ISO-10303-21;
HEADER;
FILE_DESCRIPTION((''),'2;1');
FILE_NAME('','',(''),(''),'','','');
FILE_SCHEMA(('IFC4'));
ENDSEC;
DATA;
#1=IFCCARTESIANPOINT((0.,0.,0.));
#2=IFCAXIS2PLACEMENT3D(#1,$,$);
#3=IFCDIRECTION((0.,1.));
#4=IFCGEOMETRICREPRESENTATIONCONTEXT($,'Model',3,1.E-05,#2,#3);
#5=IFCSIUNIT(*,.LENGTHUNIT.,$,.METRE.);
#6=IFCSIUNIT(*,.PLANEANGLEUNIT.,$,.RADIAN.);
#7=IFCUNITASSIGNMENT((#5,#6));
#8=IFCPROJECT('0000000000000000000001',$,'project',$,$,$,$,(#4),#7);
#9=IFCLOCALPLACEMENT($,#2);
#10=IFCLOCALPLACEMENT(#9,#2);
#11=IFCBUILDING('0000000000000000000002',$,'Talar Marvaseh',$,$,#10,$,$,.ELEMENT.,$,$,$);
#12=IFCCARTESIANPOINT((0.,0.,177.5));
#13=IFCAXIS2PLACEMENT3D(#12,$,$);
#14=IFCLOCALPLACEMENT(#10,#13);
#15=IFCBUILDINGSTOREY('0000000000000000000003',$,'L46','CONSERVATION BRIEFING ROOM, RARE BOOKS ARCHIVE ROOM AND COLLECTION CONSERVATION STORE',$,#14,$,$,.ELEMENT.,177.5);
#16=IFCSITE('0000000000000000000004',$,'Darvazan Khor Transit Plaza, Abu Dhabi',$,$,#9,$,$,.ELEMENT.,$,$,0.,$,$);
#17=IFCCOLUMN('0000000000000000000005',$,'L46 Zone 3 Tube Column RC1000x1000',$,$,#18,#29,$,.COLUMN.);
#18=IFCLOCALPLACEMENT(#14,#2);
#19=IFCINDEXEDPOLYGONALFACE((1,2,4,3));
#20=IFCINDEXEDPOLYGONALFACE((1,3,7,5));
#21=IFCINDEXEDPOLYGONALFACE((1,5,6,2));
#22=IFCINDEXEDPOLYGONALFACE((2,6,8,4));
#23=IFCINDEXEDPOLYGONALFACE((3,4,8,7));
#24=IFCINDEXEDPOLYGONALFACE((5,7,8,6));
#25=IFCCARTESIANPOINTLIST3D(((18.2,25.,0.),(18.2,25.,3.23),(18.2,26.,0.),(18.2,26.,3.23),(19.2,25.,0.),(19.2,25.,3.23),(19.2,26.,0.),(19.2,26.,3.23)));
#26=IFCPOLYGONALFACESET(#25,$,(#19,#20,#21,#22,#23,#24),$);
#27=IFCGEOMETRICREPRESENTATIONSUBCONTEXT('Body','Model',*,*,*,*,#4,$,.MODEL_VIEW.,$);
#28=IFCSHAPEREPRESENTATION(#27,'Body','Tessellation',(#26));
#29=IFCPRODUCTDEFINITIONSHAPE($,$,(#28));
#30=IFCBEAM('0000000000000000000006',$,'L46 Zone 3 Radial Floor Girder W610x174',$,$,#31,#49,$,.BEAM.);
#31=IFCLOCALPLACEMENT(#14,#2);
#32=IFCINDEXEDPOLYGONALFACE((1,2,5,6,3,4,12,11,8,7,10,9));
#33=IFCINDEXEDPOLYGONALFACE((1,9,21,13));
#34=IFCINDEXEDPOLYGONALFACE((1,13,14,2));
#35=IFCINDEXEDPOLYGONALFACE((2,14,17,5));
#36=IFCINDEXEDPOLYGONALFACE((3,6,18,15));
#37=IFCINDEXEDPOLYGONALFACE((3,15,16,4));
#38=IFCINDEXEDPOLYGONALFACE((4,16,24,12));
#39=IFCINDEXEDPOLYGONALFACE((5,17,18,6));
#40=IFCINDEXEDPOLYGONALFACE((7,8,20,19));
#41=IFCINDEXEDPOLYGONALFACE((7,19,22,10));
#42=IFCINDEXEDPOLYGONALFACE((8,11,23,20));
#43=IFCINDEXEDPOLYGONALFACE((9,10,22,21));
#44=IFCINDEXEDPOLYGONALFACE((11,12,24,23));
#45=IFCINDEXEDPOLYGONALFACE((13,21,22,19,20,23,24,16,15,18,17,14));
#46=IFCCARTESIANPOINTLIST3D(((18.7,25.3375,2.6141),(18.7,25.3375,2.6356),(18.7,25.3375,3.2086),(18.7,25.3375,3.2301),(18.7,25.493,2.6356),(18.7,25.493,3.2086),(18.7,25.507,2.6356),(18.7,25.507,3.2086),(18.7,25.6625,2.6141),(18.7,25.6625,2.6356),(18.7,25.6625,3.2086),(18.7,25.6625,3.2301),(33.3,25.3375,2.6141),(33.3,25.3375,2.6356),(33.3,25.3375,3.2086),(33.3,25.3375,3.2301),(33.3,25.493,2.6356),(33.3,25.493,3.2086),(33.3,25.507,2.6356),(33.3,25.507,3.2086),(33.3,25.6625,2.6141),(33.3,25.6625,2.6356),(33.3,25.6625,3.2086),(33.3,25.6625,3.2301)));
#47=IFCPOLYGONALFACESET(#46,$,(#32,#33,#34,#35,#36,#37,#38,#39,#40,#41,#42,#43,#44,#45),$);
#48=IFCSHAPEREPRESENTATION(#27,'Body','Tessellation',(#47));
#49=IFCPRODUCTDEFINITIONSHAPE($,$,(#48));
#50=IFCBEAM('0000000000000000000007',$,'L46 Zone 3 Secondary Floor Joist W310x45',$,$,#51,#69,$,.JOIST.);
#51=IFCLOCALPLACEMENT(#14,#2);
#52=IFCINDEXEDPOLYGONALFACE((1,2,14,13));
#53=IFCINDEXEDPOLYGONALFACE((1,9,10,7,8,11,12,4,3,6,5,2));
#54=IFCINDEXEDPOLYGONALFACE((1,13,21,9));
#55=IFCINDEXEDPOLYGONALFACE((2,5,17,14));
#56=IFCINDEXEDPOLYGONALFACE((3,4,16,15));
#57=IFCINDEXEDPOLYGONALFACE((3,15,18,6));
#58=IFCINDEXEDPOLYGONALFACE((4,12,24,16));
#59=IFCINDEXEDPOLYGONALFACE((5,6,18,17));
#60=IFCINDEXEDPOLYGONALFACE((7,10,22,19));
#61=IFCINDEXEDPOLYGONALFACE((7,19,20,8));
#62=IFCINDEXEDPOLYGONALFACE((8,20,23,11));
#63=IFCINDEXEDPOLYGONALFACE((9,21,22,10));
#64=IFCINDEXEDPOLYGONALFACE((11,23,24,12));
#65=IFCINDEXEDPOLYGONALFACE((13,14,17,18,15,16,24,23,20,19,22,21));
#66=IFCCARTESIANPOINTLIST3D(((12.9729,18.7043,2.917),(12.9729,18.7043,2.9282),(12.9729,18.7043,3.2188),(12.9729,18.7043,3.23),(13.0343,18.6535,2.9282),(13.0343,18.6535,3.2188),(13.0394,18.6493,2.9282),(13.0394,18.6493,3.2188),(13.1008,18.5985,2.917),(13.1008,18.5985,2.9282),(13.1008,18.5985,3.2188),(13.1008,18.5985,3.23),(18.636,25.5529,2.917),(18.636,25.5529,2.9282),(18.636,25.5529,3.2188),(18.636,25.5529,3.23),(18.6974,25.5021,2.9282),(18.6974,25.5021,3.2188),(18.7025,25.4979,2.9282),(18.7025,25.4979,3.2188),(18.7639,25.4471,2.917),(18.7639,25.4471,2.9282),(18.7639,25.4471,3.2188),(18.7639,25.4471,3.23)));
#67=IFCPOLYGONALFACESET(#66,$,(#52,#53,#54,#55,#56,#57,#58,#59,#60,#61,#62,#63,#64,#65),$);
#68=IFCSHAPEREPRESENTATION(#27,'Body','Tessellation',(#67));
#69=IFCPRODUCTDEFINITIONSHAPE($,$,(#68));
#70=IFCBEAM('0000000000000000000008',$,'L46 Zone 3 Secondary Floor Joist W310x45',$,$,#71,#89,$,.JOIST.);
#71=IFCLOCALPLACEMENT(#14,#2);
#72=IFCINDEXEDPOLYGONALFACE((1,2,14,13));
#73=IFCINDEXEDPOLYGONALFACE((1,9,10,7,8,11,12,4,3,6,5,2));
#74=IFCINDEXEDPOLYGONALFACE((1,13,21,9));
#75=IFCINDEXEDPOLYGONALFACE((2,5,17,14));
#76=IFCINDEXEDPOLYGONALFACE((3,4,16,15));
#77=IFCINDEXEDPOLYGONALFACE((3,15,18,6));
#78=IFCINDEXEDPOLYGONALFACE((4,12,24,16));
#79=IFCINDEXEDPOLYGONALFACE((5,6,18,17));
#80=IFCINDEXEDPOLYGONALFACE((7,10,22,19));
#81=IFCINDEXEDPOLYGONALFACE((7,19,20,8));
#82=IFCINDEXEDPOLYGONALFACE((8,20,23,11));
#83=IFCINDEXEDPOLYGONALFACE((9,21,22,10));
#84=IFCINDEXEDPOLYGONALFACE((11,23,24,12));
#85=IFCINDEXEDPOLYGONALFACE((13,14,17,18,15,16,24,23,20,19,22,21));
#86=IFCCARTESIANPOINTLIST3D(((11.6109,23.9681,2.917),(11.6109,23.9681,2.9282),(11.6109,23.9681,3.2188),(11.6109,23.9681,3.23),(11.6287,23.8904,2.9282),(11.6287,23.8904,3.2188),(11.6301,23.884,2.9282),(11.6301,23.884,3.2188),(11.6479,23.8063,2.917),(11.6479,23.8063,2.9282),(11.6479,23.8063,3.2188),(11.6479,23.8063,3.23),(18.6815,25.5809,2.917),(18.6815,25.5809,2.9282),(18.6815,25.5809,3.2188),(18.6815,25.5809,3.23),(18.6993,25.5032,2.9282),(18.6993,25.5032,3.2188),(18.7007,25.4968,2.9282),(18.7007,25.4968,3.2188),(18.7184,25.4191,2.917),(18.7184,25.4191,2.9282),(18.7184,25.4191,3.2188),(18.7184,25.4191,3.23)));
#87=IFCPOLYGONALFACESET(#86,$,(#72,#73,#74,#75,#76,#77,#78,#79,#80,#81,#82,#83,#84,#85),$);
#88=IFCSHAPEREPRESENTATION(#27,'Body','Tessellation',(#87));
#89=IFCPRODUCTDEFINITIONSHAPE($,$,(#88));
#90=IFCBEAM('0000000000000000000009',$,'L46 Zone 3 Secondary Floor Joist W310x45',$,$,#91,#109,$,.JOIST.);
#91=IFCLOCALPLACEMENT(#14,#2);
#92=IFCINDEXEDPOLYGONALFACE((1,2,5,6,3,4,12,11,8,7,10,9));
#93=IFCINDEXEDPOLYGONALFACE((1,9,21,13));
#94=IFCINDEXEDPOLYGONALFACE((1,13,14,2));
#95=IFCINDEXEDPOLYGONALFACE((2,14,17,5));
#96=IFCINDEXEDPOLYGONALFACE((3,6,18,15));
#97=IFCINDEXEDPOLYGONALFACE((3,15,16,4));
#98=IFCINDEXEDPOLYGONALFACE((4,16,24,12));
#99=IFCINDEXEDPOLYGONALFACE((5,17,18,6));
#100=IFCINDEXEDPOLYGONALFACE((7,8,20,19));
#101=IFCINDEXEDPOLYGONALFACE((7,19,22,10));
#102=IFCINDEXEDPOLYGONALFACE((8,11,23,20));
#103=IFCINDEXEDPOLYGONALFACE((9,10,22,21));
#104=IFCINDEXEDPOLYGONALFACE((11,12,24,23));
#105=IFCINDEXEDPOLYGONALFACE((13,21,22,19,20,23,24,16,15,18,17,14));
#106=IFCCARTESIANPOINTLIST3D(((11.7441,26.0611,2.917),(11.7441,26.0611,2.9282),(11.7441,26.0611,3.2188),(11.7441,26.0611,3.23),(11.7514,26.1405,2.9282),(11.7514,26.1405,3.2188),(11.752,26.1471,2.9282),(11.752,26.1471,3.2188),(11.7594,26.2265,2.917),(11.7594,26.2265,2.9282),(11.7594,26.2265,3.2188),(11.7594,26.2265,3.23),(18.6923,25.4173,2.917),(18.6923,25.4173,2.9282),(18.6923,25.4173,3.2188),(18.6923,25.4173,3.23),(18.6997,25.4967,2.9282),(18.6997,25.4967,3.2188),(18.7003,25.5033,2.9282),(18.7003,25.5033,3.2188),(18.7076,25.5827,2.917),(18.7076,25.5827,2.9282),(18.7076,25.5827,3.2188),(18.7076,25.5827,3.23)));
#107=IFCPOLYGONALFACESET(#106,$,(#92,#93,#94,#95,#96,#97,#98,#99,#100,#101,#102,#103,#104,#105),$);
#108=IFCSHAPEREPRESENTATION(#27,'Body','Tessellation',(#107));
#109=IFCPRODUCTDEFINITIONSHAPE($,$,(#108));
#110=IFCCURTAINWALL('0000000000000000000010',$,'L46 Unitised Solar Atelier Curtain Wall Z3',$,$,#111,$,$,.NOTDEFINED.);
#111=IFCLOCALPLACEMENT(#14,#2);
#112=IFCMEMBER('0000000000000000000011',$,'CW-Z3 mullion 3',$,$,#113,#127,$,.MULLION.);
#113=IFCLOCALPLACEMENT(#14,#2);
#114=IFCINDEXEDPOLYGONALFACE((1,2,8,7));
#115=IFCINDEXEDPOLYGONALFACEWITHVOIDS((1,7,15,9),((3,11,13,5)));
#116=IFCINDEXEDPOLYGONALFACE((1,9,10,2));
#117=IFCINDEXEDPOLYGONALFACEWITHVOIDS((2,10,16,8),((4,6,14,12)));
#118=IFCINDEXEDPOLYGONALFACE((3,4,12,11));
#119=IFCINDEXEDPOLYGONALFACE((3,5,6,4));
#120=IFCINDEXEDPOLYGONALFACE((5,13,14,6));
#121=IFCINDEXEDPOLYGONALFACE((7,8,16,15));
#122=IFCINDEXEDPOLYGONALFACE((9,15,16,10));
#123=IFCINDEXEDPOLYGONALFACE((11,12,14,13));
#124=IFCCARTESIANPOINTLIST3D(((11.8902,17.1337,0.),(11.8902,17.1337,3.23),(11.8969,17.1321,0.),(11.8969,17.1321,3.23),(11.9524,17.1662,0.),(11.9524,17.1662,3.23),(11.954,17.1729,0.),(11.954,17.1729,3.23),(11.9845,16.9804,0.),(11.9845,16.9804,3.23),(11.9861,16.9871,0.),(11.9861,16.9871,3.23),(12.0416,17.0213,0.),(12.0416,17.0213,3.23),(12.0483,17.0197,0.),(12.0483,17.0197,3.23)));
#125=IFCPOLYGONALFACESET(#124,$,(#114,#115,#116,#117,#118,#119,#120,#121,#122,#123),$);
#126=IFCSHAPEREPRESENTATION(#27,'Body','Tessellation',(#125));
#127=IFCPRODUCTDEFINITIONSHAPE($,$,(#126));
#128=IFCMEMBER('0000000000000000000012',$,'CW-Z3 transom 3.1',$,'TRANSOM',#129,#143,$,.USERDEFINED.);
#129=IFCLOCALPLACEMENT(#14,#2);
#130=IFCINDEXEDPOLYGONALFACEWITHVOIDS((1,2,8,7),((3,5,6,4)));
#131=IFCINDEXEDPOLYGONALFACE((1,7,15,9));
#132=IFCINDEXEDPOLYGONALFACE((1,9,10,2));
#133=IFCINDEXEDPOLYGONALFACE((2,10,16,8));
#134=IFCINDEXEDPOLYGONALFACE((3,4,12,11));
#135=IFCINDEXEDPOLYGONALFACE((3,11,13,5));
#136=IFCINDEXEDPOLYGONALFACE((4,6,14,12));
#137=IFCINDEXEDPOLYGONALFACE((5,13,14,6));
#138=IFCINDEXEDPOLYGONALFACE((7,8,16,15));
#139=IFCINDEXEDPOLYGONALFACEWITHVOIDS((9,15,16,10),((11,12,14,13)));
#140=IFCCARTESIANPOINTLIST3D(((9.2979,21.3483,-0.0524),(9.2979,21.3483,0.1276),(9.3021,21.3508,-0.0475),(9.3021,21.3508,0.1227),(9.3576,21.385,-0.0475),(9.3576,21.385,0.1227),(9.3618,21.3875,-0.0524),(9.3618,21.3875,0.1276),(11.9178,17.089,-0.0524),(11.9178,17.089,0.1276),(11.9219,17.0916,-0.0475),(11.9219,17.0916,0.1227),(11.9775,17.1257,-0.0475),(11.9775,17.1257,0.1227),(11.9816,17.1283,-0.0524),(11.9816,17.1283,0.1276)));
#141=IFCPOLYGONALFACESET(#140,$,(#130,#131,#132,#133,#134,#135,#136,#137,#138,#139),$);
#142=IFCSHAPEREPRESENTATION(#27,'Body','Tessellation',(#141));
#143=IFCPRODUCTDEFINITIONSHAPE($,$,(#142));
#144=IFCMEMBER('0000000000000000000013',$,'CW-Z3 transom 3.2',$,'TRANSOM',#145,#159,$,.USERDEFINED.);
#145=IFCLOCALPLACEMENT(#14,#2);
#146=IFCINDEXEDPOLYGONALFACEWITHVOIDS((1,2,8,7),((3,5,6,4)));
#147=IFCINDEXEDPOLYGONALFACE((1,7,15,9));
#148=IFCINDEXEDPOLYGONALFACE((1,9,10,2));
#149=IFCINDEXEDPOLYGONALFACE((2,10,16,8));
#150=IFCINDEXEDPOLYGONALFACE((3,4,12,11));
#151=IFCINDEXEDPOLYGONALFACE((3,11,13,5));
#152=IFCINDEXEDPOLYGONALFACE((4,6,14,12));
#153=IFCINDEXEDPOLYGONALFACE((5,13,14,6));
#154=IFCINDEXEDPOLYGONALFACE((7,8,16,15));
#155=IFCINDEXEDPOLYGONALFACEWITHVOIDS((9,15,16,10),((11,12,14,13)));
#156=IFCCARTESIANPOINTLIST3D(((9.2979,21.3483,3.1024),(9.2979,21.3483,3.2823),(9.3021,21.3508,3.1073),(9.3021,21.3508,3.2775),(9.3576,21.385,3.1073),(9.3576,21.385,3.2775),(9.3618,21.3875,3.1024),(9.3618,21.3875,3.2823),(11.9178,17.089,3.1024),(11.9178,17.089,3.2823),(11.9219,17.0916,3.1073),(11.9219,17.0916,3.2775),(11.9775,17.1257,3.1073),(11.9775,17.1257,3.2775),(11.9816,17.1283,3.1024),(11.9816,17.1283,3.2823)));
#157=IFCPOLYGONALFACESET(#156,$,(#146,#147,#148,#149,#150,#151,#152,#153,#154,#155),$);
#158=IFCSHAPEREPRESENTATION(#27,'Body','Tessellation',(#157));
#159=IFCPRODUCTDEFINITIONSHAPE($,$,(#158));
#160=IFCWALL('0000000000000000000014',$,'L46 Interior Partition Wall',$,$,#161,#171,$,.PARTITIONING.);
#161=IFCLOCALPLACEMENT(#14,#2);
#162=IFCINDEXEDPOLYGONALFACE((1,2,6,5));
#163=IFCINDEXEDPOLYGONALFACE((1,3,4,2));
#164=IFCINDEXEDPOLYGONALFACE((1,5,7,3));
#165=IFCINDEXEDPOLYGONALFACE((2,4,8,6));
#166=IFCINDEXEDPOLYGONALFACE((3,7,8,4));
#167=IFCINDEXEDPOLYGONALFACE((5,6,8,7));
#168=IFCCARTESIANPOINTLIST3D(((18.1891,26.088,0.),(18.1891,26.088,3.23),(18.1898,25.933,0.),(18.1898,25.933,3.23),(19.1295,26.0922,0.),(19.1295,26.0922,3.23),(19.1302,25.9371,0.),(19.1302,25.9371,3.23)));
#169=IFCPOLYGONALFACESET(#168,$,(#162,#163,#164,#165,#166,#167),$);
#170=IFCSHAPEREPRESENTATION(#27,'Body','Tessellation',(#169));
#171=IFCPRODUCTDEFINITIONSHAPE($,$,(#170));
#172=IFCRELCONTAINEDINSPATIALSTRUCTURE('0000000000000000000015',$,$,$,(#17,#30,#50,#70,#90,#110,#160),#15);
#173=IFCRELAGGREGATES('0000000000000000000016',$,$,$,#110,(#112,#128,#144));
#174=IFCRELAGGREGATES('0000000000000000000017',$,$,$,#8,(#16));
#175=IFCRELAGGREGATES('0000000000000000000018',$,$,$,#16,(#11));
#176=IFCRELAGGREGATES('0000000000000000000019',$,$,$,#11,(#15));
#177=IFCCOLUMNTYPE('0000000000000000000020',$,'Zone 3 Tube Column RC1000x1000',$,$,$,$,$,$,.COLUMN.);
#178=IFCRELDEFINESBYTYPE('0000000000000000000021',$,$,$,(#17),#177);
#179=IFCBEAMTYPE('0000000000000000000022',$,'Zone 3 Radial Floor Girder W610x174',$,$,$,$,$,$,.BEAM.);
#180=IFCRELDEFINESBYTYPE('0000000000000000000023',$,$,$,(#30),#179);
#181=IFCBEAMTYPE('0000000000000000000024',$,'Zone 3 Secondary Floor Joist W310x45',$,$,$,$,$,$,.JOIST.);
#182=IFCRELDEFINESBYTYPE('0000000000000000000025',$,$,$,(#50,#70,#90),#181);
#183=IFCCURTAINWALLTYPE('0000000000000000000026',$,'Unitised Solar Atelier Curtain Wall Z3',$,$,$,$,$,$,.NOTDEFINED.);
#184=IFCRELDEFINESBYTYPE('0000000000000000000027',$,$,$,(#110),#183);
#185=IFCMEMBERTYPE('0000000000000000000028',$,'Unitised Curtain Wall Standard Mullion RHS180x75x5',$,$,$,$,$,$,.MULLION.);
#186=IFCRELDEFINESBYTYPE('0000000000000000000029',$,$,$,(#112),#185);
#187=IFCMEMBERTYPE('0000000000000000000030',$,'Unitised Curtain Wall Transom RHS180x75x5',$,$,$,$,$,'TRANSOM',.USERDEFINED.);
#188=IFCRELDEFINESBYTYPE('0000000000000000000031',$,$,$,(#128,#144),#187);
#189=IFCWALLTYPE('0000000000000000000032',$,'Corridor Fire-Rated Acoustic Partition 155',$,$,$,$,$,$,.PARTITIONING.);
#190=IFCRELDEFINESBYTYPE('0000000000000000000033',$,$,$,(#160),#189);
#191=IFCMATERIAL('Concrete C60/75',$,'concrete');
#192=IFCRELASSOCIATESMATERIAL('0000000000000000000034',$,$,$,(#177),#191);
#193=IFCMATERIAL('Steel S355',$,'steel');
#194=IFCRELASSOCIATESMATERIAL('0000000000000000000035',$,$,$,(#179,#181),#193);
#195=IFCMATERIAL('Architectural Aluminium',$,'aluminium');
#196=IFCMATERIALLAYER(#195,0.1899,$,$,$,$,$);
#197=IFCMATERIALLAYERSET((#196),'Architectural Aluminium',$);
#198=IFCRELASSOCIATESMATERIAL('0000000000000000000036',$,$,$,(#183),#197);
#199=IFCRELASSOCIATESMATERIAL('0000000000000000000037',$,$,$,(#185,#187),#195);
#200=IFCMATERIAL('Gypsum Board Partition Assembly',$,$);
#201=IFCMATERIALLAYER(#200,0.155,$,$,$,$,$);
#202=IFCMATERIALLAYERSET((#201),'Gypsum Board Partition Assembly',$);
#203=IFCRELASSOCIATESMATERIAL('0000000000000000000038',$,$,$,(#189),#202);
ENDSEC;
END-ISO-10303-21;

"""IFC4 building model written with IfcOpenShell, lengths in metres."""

from ifc_helpers import new_model, si_unit, direction, frame, frame_2d, origin, origin_2d, place, context, subcontext, project, spatial, rectangle, hollow_rectangle, i_section, extrude, source, transform, mapped, material, layer, layer_set, material_profile, profile_set, type_object, type_shapes, element, aggregate, save


model = new_model("IFC4")

# Units and contexts
model_context = context("Model", 3, precision=1e-05, world=origin(), true_north=direction((0.0, 1.0)))
body_context = subcontext(model_context, "Body", "Model", "MODEL_VIEW")
ifc_project = project(units=[si_unit("LENGTHUNIT", "METRE"), si_unit("PLANEANGLEUNIT", "RADIAN")], contexts=[model_context])

# Site, building, storey
site_placement = place(None, origin())
site = spatial("IfcSite", under=ifc_project, at=site_placement, Name="Darvazan Khor Transit Plaza, Abu Dhabi", CompositionType="ELEMENT", RefElevation=0.0)
building_placement = place(site_placement, origin())
building = spatial("IfcBuilding", under=site, at=building_placement, Name="Talar Marvaseh", CompositionType="ELEMENT")
storey_placement = place(building_placement, frame((0.0, 0.0, 177.5)))
storey = spatial("IfcBuildingStorey", under=building, at=storey_placement, Name="L46", Description="CONSERVATION BRIEFING ROOM, RARE BOOKS ARCHIVE ROOM AND COLLECTION CONSERVATION STORE", CompositionType="ELEMENT", Elevation=177.5)

# Column
ifc_material_1 = material(Name="Concrete C60/75", Category="concrete")
ifc_material_profile_1 = material_profile(ifc_material_1, rectangle(XDim=1.0, YDim=1.0, at=origin_2d()), Name="RC1000x1000")
ifc_profile_set_1 = profile_set([ifc_material_profile_1], Name="Concrete C60/75")
column_type = type_object("IfcColumnType", Name="Zone 3 Tube Column RC1000x1000", PredefinedType="COLUMN", material=ifc_profile_set_1)
column_placement = place(storey_placement, frame((18.7, 25.5, 0.0), z_axis=(0.0, 0.0, 1.0), x_axis=(1.0, 0.0, 0.0)))
element("IfcColumn", 1, at=column_placement, inside=storey, type_object=column_type, Name="L46 Zone 3 Tube Column RC1000x1000", PredefinedType="COLUMN", context=body_context, shape_type="SweptSolid", body=[
    extrude(rectangle(XDim=1.0, YDim=1.0, at=origin_2d()), origin(), (0.0, 0.0, 1.0), 3.23),
])

# Beams
ifc_material_2 = material(Name="Steel S355", Category="steel")
ifc_material_profile_2 = material_profile(ifc_material_2, i_section(OverallWidth=0.325, OverallDepth=0.616, WebThickness=0.0139, FlangeThickness=0.0215, at=origin_2d()), Name="W610x174")
ifc_profile_set_2 = profile_set([ifc_material_profile_2], Name="Steel S355")
beam_type_1 = type_object("IfcBeamType", Name="Zone 3 Radial Floor Girder W610x174", PredefinedType="BEAM", material=ifc_profile_set_2)
beam_1_placement = place(storey_placement, frame((18.7, 25.5, 2.9221), z_axis=(1.0, 0.0, 0.0), x_axis=(0.0, 1.0, 0.0)))
element("IfcBeam", 2, at=beam_1_placement, inside=storey, type_object=beam_type_1, Name="L46 Zone 3 Radial Floor Girder W610x174", PredefinedType="BEAM", context=body_context, shape_type="SweptSolid", body=[
    extrude(i_section(OverallWidth=0.325, OverallDepth=0.616, WebThickness=0.0139, FlangeThickness=0.0215, at=origin_2d()), origin(), (0.0, 0.0, 1.0), 14.6001),
])
ifc_material_profile_3 = material_profile(ifc_material_2, i_section(OverallWidth=0.166, OverallDepth=0.313, WebThickness=0.0066, FlangeThickness=0.0112, at=origin_2d()), Name="W310x45")
ifc_profile_set_3 = profile_set([ifc_material_profile_3], Name="Steel S355")
beam_type_2 = type_object("IfcBeamType", Name="Zone 3 Secondary Floor Joist W310x45", PredefinedType="JOIST", material=ifc_profile_set_3)
beam_2_placement = place(storey_placement, frame((13.0369, 18.6514, 3.0735), z_axis=(0.637251, 0.770657, 0.0), x_axis=(-0.770657, 0.637251, 0.0)))
element("IfcBeam", 3, at=beam_2_placement, inside=storey, type_object=beam_type_2, Name="L46 Zone 3 Secondary Floor Joist W310x45", PredefinedType="JOIST", context=body_context, shape_type="SweptSolid", body=[
    extrude(i_section(OverallWidth=0.166, OverallDepth=0.313, WebThickness=0.0066, FlangeThickness=0.0112, at=origin_2d()), origin(), (0.0, 0.0, 1.0), 8.8867),
])
beam_3_placement = place(storey_placement, frame((11.6294, 23.8872, 3.0735), z_axis=(0.974958, 0.222388, 0.0), x_axis=(-0.222388, 0.974958, 0.0)))
element("IfcBeam", 4, at=beam_3_placement, inside=storey, type_object=beam_type_2, Name="L46 Zone 3 Secondary Floor Joist W310x45", PredefinedType="JOIST", context=body_context, shape_type="SweptSolid", body=[
    extrude(i_section(OverallWidth=0.166, OverallDepth=0.313, WebThickness=0.0066, FlangeThickness=0.0112, at=origin_2d()), origin(), (0.0, 0.0, 1.0), 7.2522),
])
beam_4_placement = place(storey_placement, frame((11.7517, 26.1438, 3.0735), z_axis=(0.995735, -0.092261, 0.0), x_axis=(0.092261, 0.995735, 0.0)))
element("IfcBeam", 5, at=beam_4_placement, inside=storey, type_object=beam_type_2, Name="L46 Zone 3 Secondary Floor Joist W310x45", PredefinedType="JOIST", context=body_context, shape_type="SweptSolid", body=[
    extrude(i_section(OverallWidth=0.166, OverallDepth=0.313, WebThickness=0.0066, FlangeThickness=0.0112, at=origin_2d()), origin(), (0.0, 0.0, 1.0), 6.978),
])

# Curtain wall, members
ifc_material_3 = material(Name="Architectural Aluminium", Category="aluminium")
ifc_layer_1 = layer(ifc_material_3, 0.1899)
ifc_layer_set_1 = layer_set([ifc_layer_1], Name="Architectural Aluminium")
curtain_wall_type = type_object("IfcCurtainWallType", Name="Unitised Solar Atelier Curtain Wall Z3", PredefinedType="NOTDEFINED", material=ifc_layer_set_1)
curtain_wall_placement = place(storey_placement, origin())
curtain_wall = element("IfcCurtainWall", 6, at=curtain_wall_placement, inside=storey, type_object=curtain_wall_type, Name="L46 Unitised Solar Atelier Curtain Wall Z3", PredefinedType="NOTDEFINED")
ifc_material_profile_4 = material_profile(ifc_material_3, hollow_rectangle(XDim=0.075, YDim=0.1799, WallThickness=0.0049, at=origin_2d()), Name="RHS180x75x5")
ifc_profile_set_4 = profile_set([ifc_material_profile_4], Name="Architectural Aluminium")
member_type_1 = type_object("IfcMemberType", Name="Unitised Curtain Wall Standard Mullion RHS180x75x5", PredefinedType="MULLION", material=ifc_profile_set_4)
shared_shape_1 = source(origin(), body_context, "Body", "SweptSolid", [
    extrude(hollow_rectangle(XDim=0.075, YDim=0.1799, WallThickness=0.0049, at=origin_2d()), origin(), (0.0, 0.0, 1.0), 3.23),
])
type_shapes(member_type_1, [shared_shape_1])
member_1_placement = place(storey_placement, frame((11.9692, 17.0767, 0.0), z_axis=(0.0, 0.0, 1.0), x_axis=(-0.851764, -0.523926, 0.0)))
member_1 = element("IfcMember", 7, at=member_1_placement, type_object=member_type_1, Name="CW-Z3 mullion 3", PredefinedType="MULLION", context=body_context, shape_type="MappedRepresentation", body=[
    mapped(shared_shape_1, transform((0.0, 0.0, 0.0), x_axis=(1.0, 0.0, 0.0), y_axis=(0.0, 1.0, 0.0), z_axis=(0.0, 0.0, 1.0), scale=1.0)),
])
ifc_material_profile_5 = material_profile(ifc_material_3, hollow_rectangle(XDim=0.075, YDim=0.1799, WallThickness=0.0049, at=origin_2d()), Name="RHS180x75x5")
ifc_profile_set_5 = profile_set([ifc_material_profile_5], Name="Architectural Aluminium")
member_type_2 = type_object("IfcMemberType", Name="Unitised Curtain Wall Transom RHS180x75x5", ElementType="TRANSOM", PredefinedType="USERDEFINED", material=ifc_profile_set_5)
shared_shape_2 = source(origin(), body_context, "Body", "SweptSolid", [
    extrude(hollow_rectangle(XDim=0.075, YDim=0.1799, WallThickness=0.0049, at=origin_2d()), origin(), (0.0, 0.0, 1.0), 5.0005),
])
type_shapes(member_type_2, [shared_shape_2])
member_2_placement = place(storey_placement, frame((11.9497, 17.1086, 0.0376), z_axis=(-0.52392, 0.851767, 0.0), x_axis=(-0.851767, -0.52392, 0.0)))
member_2 = element("IfcMember", 8, at=member_2_placement, type_object=member_type_2, Name="CW-Z3 transom 3.1", ObjectType="TRANSOM", PredefinedType="USERDEFINED", context=body_context, shape_type="MappedRepresentation", body=[
    mapped(shared_shape_2, transform((0.0, 0.0, 0.0), x_axis=(1.0, 0.0, 0.0), y_axis=(0.0, 1.0, 0.0), z_axis=(0.0, 0.0, 1.0), scale=1.0)),
])
member_3_placement = place(storey_placement, frame((11.9497, 17.1086, 3.1924), z_axis=(-0.52392, 0.851767, 0.0), x_axis=(-0.851767, -0.52392, 0.0)))
member_3 = element("IfcMember", 9, at=member_3_placement, type_object=member_type_2, Name="CW-Z3 transom 3.2", ObjectType="TRANSOM", PredefinedType="USERDEFINED", context=body_context, shape_type="MappedRepresentation", body=[
    mapped(shared_shape_2, transform((0.0, 0.0, 0.0), x_axis=(1.0, 0.0, 0.0), y_axis=(0.0, 1.0, 0.0), z_axis=(0.0, 0.0, 1.0), scale=1.0)),
])
aggregate(curtain_wall, [member_1, member_2, member_3])

# Shared definitions
ifc_material_4 = material(Name="Gypsum Board Partition Assembly")
ifc_layer_2 = layer(ifc_material_4, 0.155)
ifc_layer_set_2 = layer_set([ifc_layer_2], Name="Gypsum Board Partition Assembly")
wall_type_1 = type_object("IfcWallType", Name="Corridor Fire-Rated Acoustic Partition 155", PredefinedType="PARTITIONING", material=ifc_layer_set_2)

# Wall
wall_1_placement = place(storey_placement, frame((19.1299, 26.0146, 0.0), z_axis=(0.0, 0.0, 1.0), x_axis=(-0.99999, -0.004413, 0.0)))
element("IfcWall", 10, at=wall_1_placement, inside=storey, type_object=wall_type_1, Name="L46 Interior Partition Wall", PredefinedType="PARTITIONING", context=body_context, shape_type="SweptSolid", body=[
    extrude(rectangle(XDim=0.9404, YDim=0.155, at=frame_2d((0.4702, 0.0))), origin(), (0.0, 0.0, 1.0), 3.23),
])

save(model, "model.ifc")
